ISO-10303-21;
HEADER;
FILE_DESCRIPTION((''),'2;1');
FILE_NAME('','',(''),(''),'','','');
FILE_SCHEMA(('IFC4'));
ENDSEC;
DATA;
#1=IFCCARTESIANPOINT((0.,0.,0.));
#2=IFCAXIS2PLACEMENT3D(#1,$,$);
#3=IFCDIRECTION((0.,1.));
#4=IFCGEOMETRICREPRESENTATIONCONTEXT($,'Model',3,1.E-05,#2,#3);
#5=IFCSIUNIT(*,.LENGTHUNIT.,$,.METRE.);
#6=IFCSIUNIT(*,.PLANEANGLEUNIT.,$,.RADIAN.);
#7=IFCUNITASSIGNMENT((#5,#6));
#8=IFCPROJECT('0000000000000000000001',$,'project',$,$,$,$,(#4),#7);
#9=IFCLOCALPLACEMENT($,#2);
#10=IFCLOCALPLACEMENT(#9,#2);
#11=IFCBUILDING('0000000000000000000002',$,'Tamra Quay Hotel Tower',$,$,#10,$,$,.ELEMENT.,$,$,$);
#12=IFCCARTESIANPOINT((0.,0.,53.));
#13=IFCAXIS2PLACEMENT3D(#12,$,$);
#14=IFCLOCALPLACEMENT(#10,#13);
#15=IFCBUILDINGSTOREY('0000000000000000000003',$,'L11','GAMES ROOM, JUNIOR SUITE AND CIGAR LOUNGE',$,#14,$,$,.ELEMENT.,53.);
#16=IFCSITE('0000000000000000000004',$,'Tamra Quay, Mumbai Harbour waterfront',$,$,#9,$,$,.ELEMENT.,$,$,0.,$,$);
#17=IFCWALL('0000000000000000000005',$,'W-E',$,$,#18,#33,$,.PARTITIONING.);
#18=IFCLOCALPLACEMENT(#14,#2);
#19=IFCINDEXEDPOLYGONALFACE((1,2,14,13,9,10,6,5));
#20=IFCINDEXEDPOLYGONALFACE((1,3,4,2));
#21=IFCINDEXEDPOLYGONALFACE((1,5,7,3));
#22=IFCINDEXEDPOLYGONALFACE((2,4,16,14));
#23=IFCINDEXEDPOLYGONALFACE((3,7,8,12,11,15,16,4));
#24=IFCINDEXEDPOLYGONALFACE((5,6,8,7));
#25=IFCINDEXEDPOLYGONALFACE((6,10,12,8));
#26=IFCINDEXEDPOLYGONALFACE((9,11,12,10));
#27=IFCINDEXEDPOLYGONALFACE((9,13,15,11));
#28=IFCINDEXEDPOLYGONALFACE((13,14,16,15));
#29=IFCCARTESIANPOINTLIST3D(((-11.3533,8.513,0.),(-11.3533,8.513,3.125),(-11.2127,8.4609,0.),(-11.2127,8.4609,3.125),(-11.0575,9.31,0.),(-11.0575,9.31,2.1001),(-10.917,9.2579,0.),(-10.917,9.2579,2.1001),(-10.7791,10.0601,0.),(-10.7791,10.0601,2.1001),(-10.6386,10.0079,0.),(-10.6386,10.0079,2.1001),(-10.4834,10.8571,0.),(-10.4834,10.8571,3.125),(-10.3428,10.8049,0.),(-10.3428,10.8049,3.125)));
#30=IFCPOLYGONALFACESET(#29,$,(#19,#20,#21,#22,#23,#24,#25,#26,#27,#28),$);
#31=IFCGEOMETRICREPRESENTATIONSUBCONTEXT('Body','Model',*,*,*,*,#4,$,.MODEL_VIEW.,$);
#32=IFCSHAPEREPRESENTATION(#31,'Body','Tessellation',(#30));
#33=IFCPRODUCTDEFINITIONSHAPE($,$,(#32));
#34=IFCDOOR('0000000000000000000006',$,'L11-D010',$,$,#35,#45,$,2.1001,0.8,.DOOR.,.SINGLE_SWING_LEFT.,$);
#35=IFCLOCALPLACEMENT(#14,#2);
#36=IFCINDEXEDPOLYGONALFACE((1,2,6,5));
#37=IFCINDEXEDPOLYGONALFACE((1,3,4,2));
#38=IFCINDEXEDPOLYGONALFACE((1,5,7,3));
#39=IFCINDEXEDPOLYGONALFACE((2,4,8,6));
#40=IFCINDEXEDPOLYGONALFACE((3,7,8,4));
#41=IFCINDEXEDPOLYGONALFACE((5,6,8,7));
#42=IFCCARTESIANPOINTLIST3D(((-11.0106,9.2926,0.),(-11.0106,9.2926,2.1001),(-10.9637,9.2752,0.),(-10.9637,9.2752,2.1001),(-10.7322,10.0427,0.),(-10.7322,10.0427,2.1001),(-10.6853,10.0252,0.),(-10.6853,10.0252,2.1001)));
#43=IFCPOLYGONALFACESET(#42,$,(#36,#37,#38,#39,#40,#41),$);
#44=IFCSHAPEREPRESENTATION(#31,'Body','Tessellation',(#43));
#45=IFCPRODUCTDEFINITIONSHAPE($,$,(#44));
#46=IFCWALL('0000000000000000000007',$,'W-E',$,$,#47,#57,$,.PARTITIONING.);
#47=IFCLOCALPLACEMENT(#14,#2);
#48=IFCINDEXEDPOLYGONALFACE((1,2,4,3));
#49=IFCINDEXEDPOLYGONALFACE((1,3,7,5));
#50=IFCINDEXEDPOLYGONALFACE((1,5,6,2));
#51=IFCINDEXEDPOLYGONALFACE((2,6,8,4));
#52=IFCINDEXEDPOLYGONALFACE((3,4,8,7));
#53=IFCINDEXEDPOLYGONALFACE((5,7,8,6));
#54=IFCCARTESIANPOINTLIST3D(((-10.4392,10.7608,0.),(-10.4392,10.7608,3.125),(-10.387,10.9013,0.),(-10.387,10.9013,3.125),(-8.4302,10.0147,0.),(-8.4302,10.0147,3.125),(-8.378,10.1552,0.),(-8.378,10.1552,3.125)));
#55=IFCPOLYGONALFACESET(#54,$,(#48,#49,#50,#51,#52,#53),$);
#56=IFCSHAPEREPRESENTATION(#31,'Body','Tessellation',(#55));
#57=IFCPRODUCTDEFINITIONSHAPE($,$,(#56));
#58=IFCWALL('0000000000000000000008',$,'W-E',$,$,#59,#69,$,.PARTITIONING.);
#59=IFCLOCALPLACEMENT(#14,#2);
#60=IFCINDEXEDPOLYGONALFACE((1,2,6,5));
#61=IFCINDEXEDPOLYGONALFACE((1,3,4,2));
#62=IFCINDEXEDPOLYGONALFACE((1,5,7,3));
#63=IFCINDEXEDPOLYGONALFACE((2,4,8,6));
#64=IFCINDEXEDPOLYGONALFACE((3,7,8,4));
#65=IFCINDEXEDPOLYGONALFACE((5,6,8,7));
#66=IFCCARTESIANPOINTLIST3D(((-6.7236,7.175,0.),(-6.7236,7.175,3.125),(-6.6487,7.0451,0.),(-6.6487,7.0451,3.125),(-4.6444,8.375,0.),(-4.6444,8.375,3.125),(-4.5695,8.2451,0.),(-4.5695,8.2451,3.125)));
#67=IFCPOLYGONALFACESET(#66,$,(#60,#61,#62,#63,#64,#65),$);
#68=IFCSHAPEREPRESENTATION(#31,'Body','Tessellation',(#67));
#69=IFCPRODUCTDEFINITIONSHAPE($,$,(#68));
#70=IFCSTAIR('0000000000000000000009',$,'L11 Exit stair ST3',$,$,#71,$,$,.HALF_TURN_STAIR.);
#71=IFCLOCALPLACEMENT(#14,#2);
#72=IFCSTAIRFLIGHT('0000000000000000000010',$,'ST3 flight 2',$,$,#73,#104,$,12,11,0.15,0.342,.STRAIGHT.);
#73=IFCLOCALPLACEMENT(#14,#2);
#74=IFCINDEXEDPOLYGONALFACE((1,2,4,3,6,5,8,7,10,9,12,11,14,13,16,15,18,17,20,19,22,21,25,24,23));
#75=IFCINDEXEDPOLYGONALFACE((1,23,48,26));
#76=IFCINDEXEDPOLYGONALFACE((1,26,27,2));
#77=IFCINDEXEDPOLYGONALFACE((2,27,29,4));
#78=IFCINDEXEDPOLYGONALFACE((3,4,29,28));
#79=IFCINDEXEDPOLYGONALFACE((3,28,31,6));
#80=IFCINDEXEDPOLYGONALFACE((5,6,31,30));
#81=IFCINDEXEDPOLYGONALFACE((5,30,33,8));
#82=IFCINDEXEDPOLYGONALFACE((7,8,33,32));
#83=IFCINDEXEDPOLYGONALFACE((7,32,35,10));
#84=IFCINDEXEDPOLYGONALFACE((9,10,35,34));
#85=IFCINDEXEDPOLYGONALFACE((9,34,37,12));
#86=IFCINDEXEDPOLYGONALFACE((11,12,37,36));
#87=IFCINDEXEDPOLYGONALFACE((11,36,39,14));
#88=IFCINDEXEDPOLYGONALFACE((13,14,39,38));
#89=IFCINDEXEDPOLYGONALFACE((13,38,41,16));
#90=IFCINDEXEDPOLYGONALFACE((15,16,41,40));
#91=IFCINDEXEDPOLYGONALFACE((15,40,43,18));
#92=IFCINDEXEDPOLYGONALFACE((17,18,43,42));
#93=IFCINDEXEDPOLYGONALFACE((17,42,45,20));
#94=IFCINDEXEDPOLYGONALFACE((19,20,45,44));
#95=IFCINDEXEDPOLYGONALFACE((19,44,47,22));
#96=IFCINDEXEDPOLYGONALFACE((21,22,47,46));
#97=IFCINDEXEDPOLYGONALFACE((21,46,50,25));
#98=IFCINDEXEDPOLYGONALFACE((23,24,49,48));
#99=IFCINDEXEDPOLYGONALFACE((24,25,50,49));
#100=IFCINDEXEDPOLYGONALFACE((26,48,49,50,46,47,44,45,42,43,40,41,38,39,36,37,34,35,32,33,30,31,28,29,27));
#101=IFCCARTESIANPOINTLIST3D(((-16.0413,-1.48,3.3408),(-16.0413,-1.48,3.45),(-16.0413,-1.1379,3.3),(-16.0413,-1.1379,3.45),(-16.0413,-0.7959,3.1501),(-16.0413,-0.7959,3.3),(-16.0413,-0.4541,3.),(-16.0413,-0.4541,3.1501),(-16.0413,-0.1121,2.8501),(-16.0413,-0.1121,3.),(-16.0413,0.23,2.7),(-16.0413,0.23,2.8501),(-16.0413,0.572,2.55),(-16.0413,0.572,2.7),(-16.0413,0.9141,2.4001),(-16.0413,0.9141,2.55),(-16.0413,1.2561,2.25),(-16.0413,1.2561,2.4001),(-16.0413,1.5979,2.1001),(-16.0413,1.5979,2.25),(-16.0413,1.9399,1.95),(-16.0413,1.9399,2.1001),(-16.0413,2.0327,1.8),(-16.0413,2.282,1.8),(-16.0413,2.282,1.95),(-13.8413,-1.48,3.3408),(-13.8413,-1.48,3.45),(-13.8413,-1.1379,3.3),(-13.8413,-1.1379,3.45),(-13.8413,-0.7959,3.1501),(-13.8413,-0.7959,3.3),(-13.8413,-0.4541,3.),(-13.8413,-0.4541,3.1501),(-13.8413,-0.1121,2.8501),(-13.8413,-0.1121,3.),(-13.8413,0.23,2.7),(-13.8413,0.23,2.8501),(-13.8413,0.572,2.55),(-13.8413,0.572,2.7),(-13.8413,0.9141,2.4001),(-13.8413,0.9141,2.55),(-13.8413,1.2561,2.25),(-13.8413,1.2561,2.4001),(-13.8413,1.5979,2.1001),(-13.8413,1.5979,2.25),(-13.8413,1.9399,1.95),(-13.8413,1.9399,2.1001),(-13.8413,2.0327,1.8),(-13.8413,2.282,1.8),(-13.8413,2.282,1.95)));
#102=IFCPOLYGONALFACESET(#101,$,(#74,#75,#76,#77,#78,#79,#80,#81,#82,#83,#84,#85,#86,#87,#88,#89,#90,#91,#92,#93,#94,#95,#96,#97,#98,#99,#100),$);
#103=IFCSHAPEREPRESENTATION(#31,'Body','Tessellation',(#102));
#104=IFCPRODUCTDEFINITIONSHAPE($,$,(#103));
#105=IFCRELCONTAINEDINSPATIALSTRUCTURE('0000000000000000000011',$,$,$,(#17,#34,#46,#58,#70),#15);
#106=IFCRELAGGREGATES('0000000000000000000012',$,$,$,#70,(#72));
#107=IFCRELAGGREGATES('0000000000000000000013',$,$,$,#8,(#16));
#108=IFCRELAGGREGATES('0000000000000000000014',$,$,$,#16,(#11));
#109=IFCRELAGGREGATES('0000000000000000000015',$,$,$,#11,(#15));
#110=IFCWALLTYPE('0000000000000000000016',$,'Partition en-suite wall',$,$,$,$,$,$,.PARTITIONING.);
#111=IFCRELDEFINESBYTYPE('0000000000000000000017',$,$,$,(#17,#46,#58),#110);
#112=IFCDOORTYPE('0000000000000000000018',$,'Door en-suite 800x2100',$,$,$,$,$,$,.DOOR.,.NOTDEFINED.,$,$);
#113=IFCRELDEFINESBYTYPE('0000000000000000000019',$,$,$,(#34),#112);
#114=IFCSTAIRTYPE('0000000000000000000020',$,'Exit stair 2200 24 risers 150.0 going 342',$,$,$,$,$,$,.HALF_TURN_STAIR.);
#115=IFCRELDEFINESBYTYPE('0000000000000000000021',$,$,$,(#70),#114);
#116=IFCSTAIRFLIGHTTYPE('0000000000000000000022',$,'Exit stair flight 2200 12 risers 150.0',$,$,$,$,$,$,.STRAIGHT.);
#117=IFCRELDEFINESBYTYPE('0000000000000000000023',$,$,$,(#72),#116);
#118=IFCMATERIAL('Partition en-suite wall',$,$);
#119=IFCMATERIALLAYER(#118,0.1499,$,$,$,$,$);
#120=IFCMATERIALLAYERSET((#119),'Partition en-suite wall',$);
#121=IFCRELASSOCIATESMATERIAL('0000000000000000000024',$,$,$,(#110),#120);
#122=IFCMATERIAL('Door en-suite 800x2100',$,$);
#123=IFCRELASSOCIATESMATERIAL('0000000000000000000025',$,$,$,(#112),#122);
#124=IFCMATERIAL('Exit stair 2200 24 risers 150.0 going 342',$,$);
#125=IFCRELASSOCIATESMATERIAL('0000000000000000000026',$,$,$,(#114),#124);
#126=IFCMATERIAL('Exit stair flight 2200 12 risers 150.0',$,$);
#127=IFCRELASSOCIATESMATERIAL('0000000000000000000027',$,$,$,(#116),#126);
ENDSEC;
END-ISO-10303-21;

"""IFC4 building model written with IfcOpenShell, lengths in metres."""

from ifc_helpers import new_model, si_unit, direction, frame, frame_2d, origin, place, context, subcontext, project, spatial, polyline, rectangle, outline, extrude, material, layer, layer_set, type_object, element, fill, aggregate, save


model = new_model("IFC4")

# Units and contexts
model_context = context("Model", 3, precision=1e-05, world=origin(), true_north=direction((0.0, 1.0)))
body_context = subcontext(model_context, "Body", "Model", "MODEL_VIEW")
ifc_project = project(units=[si_unit("LENGTHUNIT", "METRE"), si_unit("PLANEANGLEUNIT", "RADIAN")], contexts=[model_context])

# Site, building, storey
site_placement = place(None, origin())
site = spatial("IfcSite", under=ifc_project, at=site_placement, Name="Tamra Quay, Mumbai Harbour waterfront", CompositionType="ELEMENT", RefElevation=0.0)
building_placement = place(site_placement, origin())
building = spatial("IfcBuilding", under=site, at=building_placement, Name="Tamra Quay Hotel Tower", CompositionType="ELEMENT")
storey_placement = place(building_placement, frame((0.0, 0.0, 53.0)))
storey = spatial("IfcBuildingStorey", under=building, at=storey_placement, Name="L11", Description="GAMES ROOM, JUNIOR SUITE AND CIGAR LOUNGE", CompositionType="ELEMENT", Elevation=53.0)

# Wall, opening, door
ifc_material_1 = material(Name="Partition en-suite wall")
ifc_layer_1 = layer(ifc_material_1, 0.1499)
ifc_layer_set_1 = layer_set([ifc_layer_1], Name="Partition en-suite wall")
wall_type_1 = type_object("IfcWallType", Name="Partition en-suite wall", PredefinedType="PARTITIONING", material=ifc_layer_set_1)
wall_1_placement = place(storey_placement, frame((-11.283, 8.4871, 0.0), z_axis=(0.0, 0.0, 1.0), x_axis=(0.347922, 0.937524, 0.0)))
wall_1 = element("IfcWall", 1, at=wall_1_placement, inside=storey, type_object=wall_type_1, Name="W-E", PredefinedType="PARTITIONING", context=body_context, shape_type="SweptSolid", body=[
    extrude(rectangle(XDim=2.5002, YDim=0.1499, at=frame_2d((1.25, 0.0))), origin(), (0.0, 0.0, 1.0), 3.125),
])
opening_1_placement = place(wall_1_placement, frame((0.8501, 0.0, 0.0)))
opening_1 = element("IfcOpeningElement", 2, at=opening_1_placement, cuts=wall_1, PredefinedType="OPENING", context=body_context, shape_type="SweptSolid", body=[
    extrude(rectangle(XDim=0.8, YDim=2.1001, at=frame_2d((0.3999, 1.05))), frame((0.0, 0.085, 0.0), z_axis=(0.0, -1.0, 0.0), x_axis=(1.0, 0.0, 0.0)), (0.0, 0.0, 1.0), 0.1699),
])
ifc_material_2 = material(Name="Door en-suite 800x2100")
door_type_1 = type_object("IfcDoorType", Name="Door en-suite 800x2100", OperationType="NOTDEFINED", PredefinedType="DOOR", material=ifc_material_2)
door_1_placement = place(opening_1_placement, origin())
door_1 = element("IfcDoor", 3, at=door_1_placement, inside=storey, type_object=door_type_1, Name="L11-D010", OperationType="SINGLE_SWING_LEFT", OverallHeight=2.1001, OverallWidth=0.8, PredefinedType="DOOR", context=body_context, shape_type="SweptSolid", body=[
    extrude(rectangle(XDim=0.8, YDim=2.1001, at=frame_2d((0.3999, 1.05))), frame((0.0, 0.0249, 0.0), z_axis=(0.0, -1.0, 0.0), x_axis=(1.0, 0.0, 0.0)), (0.0, 0.0, 1.0), 0.05),
])
fill(opening_1, door_1)

# Walls
wall_2_placement = place(storey_placement, frame((-10.4131, 10.8311, 0.0), z_axis=(0.0, 0.0, 1.0), x_axis=(0.937443, -0.348138, 0.0)))
element("IfcWall", 4, at=wall_2_placement, inside=storey, type_object=wall_type_1, Name="W-E", PredefinedType="PARTITIONING", context=body_context, shape_type="SweptSolid", body=[
    extrude(rectangle(XDim=2.1431, YDim=0.1499, at=frame_2d((1.0715, 0.0))), origin(), (0.0, 0.0, 1.0), 3.125),
])
wall_3_placement = place(storey_placement, frame((-6.686, 7.1101, 0.0), z_axis=(0.0, 0.0, 1.0), x_axis=(0.866101, 0.499869, 0.0)))
element("IfcWall", 5, at=wall_3_placement, inside=storey, type_object=wall_type_1, Name="W-E", PredefinedType="PARTITIONING", context=body_context, shape_type="SweptSolid", body=[
    extrude(rectangle(XDim=2.4006, YDim=0.1499, at=frame_2d((1.2002, 0.0))), origin(), (0.0, 0.0, 1.0), 3.125),
])

# Stair, stair flight
ifc_material_3 = material(Name="Exit stair 2200 24 risers 150.0 going 342")
stair_type = type_object("IfcStairType", Name="Exit stair 2200 24 risers 150.0 going 342", PredefinedType="HALF_TURN_STAIR", material=ifc_material_3)
stair_placement = place(storey_placement, origin())
stair = element("IfcStair", 6, at=stair_placement, inside=storey, type_object=stair_type, Name="L11 Exit stair ST3", PredefinedType="HALF_TURN_STAIR")
ifc_material_4 = material(Name="Exit stair flight 2200 12 risers 150.0")
stair_flight_type = type_object("IfcStairFlightType", Name="Exit stair flight 2200 12 risers 150.0", PredefinedType="STRAIGHT", material=ifc_material_4)
stair_flight_placement = place(storey_placement, frame((-14.9414, 2.282, 1.8), z_axis=(0.0, 0.0, 1.0), x_axis=(0.0, -1.0, 0.0)))
stair_flight = element("IfcStairFlight", 7, at=stair_flight_placement, type_object=stair_flight_type, Name="ST3 flight 2", NumberOfRisers=12, NumberOfTreads=11, PredefinedType="STRAIGHT", RiserHeight=0.15, TreadLength=0.342, context=body_context, shape_type="SweptSolid", body=[
    extrude(outline(polyline([(0.0, 0.0), (0.0, 0.1499), (0.342, 0.1499), (0.342, 0.3), (0.6841, 0.3), (0.6841, 0.45), (1.0259, 0.45), (1.0259, 0.6001), (1.3679, 0.6001), (1.3679, 0.75), (1.71, 0.75), (1.71, 0.8999), (2.052, 0.8999), (2.052, 1.05), (2.394, 1.05), (2.394, 1.2), (2.7361, 1.2), (2.7361, 1.3501), (3.0779, 1.3501), (3.0779, 1.5), (3.4199, 1.5), (3.4199, 1.6499), (3.762, 1.6499), (3.762, 1.8), (3.762, 1.5408), (0.2493, 0.0), (0.0, 0.0)])), frame((0.0, 1.1001, 0.0), z_axis=(0.0, -1.0, 0.0), x_axis=(1.0, 0.0, 0.0)), (0.0, 0.0, 1.0), 2.2),
])
aggregate(stair, [stair_flight])

save(model, "model.ifc")
